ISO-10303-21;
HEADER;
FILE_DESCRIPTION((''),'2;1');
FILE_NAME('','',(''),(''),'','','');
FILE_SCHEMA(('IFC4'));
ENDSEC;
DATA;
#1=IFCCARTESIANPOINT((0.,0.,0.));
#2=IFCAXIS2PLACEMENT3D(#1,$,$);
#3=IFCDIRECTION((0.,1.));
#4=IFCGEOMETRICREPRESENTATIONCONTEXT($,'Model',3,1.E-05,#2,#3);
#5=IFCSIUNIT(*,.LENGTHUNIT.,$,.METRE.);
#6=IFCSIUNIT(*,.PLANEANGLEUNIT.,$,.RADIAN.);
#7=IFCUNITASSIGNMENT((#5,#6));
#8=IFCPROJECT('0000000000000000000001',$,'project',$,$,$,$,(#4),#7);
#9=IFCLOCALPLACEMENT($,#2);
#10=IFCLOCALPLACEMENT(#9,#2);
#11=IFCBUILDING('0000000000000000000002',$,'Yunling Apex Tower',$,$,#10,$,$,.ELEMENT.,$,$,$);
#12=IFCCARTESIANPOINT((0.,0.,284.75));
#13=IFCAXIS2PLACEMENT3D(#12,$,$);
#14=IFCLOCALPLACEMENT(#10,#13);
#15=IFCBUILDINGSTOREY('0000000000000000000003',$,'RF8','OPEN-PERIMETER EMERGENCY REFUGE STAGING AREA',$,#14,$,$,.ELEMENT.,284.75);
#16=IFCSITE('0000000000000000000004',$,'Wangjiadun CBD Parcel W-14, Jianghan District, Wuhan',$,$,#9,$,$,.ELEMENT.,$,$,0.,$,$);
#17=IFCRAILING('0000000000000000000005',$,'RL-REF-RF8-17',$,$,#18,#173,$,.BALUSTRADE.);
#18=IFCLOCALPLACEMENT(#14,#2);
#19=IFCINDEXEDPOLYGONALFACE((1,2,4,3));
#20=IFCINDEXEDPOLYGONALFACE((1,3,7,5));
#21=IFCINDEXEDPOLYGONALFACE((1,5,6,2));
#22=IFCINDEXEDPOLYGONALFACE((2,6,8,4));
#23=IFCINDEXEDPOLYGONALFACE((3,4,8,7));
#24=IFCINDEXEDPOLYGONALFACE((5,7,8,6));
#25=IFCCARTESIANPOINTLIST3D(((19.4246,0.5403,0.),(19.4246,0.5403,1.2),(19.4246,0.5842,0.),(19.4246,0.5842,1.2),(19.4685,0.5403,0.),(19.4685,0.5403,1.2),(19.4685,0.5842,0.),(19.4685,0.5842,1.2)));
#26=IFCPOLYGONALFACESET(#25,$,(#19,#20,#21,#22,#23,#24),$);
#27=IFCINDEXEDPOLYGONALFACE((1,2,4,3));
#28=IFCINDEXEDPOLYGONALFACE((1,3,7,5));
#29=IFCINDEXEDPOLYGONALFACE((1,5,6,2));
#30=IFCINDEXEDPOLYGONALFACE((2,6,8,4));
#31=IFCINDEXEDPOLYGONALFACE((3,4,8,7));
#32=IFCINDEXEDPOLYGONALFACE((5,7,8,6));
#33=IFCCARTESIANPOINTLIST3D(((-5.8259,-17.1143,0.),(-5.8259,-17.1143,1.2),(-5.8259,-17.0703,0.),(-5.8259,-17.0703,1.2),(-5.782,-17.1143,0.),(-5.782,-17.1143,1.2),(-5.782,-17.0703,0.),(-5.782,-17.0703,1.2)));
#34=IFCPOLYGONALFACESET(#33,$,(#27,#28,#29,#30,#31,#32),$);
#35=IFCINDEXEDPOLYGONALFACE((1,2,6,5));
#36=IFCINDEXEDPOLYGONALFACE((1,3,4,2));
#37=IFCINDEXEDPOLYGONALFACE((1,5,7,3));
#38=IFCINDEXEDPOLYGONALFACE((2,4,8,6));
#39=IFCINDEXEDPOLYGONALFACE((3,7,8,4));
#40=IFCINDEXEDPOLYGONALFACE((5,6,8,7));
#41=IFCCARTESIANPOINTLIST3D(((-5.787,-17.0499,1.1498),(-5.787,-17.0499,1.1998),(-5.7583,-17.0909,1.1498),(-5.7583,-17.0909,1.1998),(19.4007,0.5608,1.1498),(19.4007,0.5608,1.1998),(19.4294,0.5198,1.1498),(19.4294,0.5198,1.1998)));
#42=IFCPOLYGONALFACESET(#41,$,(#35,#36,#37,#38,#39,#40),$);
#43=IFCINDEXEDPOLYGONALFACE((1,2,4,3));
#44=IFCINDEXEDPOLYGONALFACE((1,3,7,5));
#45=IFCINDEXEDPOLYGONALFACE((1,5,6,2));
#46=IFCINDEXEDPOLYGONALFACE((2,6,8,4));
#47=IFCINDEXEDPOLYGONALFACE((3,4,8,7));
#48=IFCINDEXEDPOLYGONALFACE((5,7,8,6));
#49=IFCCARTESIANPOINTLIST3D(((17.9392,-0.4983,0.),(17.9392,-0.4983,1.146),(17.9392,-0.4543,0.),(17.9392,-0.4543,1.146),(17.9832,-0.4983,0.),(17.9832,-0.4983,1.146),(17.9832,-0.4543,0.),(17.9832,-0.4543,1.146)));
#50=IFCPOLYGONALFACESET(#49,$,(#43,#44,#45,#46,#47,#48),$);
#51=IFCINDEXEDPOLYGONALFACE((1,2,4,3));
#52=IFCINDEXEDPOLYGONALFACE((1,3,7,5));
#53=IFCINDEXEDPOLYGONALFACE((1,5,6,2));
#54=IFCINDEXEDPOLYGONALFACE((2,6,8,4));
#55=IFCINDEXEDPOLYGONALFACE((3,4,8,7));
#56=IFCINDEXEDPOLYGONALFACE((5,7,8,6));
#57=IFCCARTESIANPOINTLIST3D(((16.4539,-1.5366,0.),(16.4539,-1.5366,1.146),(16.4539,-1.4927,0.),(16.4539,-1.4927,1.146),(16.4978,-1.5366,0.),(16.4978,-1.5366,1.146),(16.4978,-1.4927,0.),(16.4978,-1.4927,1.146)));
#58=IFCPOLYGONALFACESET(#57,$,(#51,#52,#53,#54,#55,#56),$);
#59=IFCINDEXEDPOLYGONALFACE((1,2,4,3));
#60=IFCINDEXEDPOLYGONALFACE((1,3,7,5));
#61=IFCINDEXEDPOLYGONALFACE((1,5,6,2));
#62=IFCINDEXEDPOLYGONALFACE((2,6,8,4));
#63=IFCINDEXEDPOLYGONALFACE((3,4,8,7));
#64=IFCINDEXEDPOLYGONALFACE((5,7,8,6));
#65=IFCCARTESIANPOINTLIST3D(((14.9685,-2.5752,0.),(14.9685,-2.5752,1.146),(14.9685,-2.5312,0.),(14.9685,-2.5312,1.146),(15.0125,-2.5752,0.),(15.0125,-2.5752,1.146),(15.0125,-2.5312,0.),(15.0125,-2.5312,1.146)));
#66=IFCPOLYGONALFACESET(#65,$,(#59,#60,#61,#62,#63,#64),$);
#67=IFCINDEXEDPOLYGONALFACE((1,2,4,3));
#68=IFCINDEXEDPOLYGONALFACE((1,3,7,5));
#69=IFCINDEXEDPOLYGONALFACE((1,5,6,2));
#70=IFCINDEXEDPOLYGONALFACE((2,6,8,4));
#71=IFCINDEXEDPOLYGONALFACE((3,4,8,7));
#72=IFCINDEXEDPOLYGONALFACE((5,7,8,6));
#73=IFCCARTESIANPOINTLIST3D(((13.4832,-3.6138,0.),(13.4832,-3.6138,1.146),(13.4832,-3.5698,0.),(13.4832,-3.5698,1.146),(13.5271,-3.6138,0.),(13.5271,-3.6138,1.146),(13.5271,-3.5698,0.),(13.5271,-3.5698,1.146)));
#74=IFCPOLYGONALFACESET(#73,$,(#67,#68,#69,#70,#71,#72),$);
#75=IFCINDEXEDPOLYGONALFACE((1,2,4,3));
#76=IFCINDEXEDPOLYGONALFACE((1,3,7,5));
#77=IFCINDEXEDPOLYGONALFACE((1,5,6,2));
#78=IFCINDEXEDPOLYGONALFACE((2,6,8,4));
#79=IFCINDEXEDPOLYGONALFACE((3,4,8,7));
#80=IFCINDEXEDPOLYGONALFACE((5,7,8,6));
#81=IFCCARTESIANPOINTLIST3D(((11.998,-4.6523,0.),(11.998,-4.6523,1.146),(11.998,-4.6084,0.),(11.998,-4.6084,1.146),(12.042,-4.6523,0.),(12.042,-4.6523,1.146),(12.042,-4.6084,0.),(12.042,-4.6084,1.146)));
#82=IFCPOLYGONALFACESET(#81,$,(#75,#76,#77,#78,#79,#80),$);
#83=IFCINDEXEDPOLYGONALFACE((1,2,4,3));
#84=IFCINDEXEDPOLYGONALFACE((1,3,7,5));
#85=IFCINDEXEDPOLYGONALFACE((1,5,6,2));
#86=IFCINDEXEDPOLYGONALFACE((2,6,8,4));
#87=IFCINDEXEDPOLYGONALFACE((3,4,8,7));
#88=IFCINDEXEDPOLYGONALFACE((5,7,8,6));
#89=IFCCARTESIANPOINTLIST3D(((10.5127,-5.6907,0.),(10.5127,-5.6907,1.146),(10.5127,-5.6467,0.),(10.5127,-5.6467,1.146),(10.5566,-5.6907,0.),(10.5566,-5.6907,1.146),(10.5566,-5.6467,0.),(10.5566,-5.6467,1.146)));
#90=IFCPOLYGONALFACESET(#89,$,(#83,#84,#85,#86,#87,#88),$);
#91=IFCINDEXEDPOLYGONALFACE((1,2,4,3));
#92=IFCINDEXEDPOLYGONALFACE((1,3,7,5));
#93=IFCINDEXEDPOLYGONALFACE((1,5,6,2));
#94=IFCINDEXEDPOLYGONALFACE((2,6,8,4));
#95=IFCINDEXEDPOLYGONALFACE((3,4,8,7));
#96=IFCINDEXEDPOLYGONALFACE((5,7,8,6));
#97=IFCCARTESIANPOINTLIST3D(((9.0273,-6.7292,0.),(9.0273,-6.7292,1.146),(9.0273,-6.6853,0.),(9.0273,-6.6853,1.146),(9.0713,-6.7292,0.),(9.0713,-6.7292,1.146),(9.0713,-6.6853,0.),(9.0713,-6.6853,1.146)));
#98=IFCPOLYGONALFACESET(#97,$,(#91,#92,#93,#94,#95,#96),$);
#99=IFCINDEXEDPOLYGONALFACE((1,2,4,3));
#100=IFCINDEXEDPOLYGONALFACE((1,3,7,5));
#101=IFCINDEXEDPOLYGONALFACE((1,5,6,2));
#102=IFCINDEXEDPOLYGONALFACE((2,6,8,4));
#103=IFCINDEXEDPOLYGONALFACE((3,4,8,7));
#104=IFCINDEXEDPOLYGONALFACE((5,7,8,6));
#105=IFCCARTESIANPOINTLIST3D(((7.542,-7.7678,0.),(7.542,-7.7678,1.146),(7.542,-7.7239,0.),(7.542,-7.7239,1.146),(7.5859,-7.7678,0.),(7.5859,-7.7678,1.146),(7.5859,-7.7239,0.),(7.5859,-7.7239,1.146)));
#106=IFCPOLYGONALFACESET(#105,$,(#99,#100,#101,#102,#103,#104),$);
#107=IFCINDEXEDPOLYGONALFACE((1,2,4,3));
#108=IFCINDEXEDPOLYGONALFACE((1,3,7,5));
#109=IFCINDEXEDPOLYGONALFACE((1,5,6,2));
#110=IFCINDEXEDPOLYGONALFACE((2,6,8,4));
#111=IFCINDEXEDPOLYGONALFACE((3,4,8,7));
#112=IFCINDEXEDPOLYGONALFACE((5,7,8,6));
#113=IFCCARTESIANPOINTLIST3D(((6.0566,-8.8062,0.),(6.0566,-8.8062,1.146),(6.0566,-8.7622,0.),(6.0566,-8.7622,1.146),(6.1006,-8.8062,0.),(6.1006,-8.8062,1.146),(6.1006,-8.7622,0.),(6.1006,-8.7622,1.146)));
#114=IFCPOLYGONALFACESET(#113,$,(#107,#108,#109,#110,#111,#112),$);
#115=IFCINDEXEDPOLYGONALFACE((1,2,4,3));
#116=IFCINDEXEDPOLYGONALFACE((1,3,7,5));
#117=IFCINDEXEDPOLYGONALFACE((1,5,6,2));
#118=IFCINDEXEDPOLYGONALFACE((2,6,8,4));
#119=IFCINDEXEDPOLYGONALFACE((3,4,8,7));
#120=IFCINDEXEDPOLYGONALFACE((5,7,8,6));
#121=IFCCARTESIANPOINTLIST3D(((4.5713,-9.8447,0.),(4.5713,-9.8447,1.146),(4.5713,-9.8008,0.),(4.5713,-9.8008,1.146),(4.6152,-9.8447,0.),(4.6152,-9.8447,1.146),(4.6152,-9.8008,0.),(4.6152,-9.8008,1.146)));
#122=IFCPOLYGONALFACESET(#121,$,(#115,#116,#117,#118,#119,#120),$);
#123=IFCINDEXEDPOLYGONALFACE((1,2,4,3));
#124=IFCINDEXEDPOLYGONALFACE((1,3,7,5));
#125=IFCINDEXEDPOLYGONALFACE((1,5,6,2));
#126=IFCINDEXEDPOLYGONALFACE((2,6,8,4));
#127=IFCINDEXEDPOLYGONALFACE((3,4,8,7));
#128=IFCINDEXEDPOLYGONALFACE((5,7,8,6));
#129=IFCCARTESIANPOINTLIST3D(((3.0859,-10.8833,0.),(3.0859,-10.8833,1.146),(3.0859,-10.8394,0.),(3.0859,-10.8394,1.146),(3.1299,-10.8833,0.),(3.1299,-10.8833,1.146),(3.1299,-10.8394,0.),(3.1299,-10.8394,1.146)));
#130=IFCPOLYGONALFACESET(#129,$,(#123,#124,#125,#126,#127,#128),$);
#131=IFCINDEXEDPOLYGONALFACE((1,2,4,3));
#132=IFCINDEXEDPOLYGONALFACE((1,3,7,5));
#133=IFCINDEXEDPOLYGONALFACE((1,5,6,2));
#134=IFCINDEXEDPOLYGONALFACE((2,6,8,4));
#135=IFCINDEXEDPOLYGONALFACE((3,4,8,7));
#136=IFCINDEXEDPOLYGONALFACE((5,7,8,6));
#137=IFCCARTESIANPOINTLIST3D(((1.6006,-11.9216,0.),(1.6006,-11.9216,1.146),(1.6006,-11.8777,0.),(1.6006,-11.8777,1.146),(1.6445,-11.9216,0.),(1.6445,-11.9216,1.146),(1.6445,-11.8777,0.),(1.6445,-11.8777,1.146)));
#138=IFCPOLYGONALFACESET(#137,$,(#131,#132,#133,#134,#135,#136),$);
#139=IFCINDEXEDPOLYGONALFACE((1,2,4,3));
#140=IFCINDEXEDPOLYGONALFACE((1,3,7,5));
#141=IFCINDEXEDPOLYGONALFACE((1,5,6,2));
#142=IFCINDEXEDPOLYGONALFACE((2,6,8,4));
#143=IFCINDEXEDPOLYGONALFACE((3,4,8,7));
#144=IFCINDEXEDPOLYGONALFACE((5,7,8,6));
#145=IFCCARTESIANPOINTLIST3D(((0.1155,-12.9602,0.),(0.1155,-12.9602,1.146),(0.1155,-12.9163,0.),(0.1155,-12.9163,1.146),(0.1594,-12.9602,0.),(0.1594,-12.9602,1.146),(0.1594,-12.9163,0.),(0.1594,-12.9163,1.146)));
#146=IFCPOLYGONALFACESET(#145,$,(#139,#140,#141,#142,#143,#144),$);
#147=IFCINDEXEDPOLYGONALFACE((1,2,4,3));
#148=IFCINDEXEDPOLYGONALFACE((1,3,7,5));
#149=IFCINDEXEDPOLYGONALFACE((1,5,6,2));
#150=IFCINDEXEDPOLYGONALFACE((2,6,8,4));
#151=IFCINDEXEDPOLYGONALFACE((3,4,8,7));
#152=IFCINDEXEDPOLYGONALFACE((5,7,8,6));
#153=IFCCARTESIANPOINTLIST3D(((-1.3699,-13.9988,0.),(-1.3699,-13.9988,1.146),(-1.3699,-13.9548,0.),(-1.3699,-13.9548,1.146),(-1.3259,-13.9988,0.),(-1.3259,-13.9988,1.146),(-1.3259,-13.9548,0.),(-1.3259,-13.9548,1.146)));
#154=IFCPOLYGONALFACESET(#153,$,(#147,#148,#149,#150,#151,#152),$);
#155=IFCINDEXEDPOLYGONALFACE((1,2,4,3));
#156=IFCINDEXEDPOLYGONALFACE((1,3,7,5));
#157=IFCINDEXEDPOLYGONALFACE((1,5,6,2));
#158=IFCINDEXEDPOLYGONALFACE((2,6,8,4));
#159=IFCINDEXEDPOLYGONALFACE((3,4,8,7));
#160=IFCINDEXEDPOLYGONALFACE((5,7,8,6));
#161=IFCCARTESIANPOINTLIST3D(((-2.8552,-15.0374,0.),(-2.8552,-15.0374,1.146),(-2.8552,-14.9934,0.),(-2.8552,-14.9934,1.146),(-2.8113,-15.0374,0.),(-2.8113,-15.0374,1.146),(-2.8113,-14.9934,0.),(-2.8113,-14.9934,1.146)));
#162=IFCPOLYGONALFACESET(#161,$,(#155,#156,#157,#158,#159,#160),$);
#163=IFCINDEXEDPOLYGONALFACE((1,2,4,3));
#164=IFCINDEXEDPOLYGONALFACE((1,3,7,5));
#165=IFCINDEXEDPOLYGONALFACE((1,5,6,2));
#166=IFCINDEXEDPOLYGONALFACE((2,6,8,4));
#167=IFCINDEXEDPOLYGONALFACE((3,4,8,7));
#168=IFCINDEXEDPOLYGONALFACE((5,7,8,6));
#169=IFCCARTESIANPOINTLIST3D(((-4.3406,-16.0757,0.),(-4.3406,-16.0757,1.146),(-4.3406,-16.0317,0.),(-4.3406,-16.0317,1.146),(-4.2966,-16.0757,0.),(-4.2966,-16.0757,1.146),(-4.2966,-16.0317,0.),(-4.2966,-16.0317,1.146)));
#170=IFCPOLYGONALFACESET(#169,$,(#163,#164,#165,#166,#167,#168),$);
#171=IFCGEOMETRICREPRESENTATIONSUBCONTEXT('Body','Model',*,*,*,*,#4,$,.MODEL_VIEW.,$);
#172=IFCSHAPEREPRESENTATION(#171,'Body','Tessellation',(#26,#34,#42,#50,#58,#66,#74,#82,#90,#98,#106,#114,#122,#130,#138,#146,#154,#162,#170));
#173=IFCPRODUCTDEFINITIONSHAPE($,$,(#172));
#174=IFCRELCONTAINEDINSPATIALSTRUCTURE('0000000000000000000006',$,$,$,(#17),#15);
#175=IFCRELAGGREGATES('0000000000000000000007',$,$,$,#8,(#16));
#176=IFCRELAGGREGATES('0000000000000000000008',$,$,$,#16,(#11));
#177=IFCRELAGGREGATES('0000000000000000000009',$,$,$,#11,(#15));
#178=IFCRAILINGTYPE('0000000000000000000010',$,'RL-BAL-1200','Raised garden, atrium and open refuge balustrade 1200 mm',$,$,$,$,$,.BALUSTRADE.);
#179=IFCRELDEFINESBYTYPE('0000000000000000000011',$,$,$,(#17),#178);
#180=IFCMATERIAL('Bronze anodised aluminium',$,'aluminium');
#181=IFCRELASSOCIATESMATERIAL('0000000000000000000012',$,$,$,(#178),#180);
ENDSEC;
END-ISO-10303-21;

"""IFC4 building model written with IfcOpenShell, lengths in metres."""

from ifc_helpers import new_model, si_unit, direction, frame, origin, origin_2d, place, context, subcontext, project, spatial, rectangle, extrude, material, type_object, element, save


model = new_model("IFC4")

# Units and contexts
model_context = context("Model", 3, precision=1e-05, world=origin(), true_north=direction((0.0, 1.0)))
body_context = subcontext(model_context, "Body", "Model", "MODEL_VIEW")
ifc_project = project(units=[si_unit("LENGTHUNIT", "METRE"), si_unit("PLANEANGLEUNIT", "RADIAN")], contexts=[model_context])

# Site, building, storey
site_placement = place(None, origin())
site = spatial("IfcSite", under=ifc_project, at=site_placement, Name="Wangjiadun CBD Parcel W-14, Jianghan District, Wuhan", CompositionType="ELEMENT", RefElevation=0.0)
building_placement = place(site_placement, origin())
building = spatial("IfcBuilding", under=site, at=building_placement, Name="Yunling Apex Tower", CompositionType="ELEMENT")
storey_placement = place(building_placement, frame((0.0, 0.0, 284.75)))
storey = spatial("IfcBuildingStorey", under=building, at=storey_placement, Name="RF8", Description="OPEN-PERIMETER EMERGENCY REFUGE STAGING AREA", CompositionType="ELEMENT", Elevation=284.75)

# Railing
ifc_material_1 = material(Name="Bronze anodised aluminium", Category="aluminium")
railing_type = type_object("IfcRailingType", Name="RL-BAL-1200", Description="Raised garden, atrium and open refuge balustrade 1200 mm", PredefinedType="BALUSTRADE", material=ifc_material_1)
railing_1_placement = place(storey_placement, frame((19.4465, 0.5623, 0.0)))
element("IfcRailing", 1, at=railing_1_placement, inside=storey, type_object=railing_type, Name="RL-REF-RF8-17", PredefinedType="BALUSTRADE", context=body_context, shape_type="SweptSolid", body=[
    extrude(rectangle(XDim=0.0439, YDim=0.0439, at=origin_2d()), origin(), (0.0, 0.0, 1.0), 1.2),
    extrude(rectangle(XDim=0.0439, YDim=0.0439, at=origin_2d()), frame((-25.2505, -17.6545, 0.0)), (0.0, 0.0, 1.0), 1.2),
    extrude(rectangle(XDim=0.05, YDim=0.05, at=origin_2d()), frame((-0.0315, -0.022, 1.1748), z_axis=(-0.819549, -0.573009, 0.0), x_axis=(0.573009, -0.819549, 0.0)), (0.0, 0.0, 1.0), 30.7336),
    extrude(rectangle(XDim=0.0439, YDim=0.0439, at=origin_2d()), frame((-1.4854, -1.0386, 0.0)), (0.0, 0.0, 1.0), 1.146),
    extrude(rectangle(XDim=0.0439, YDim=0.0439, at=origin_2d()), frame((-2.9707, -2.0769, 0.0)), (0.0, 0.0, 1.0), 1.146),
    extrude(rectangle(XDim=0.0439, YDim=0.0439, at=origin_2d()), frame((-4.4561, -3.1155, 0.0)), (0.0, 0.0, 1.0), 1.146),
    extrude(rectangle(XDim=0.0439, YDim=0.0439, at=origin_2d()), frame((-5.9414, -4.1541, 0.0)), (0.0, 0.0, 1.0), 1.146),
    extrude(rectangle(XDim=0.0439, YDim=0.0439, at=origin_2d()), frame((-7.4265, -5.1926, 0.0)), (0.0, 0.0, 1.0), 1.146),
    extrude(rectangle(XDim=0.0439, YDim=0.0439, at=origin_2d()), frame((-8.9119, -6.231, 0.0)), (0.0, 0.0, 1.0), 1.146),
    extrude(rectangle(XDim=0.0439, YDim=0.0439, at=origin_2d()), frame((-10.3972, -7.2695, 0.0)), (0.0, 0.0, 1.0), 1.146),
    extrude(rectangle(XDim=0.0439, YDim=0.0439, at=origin_2d()), frame((-11.8826, -8.3081, 0.0)), (0.0, 0.0, 1.0), 1.146),
    extrude(rectangle(XDim=0.0439, YDim=0.0439, at=origin_2d()), frame((-13.3679, -9.3464, 0.0)), (0.0, 0.0, 1.0), 1.146),
    extrude(rectangle(XDim=0.0439, YDim=0.0439, at=origin_2d()), frame((-14.8533, -10.385, 0.0)), (0.0, 0.0, 1.0), 1.146),
    extrude(rectangle(XDim=0.0439, YDim=0.0439, at=origin_2d()), frame((-16.3386, -11.4236, 0.0)), (0.0, 0.0, 1.0), 1.146),
    extrude(rectangle(XDim=0.0439, YDim=0.0439, at=origin_2d()), frame((-17.824, -12.4619, 0.0)), (0.0, 0.0, 1.0), 1.146),
    extrude(rectangle(XDim=0.0439, YDim=0.0439, at=origin_2d()), frame((-19.3091, -13.5005, 0.0)), (0.0, 0.0, 1.0), 1.146),
    extrude(rectangle(XDim=0.0439, YDim=0.0439, at=origin_2d()), frame((-20.7944, -14.5391, 0.0)), (0.0, 0.0, 1.0), 1.146),
    extrude(rectangle(XDim=0.0439, YDim=0.0439, at=origin_2d()), frame((-22.2798, -15.5776, 0.0)), (0.0, 0.0, 1.0), 1.146),
    extrude(rectangle(XDim=0.0439, YDim=0.0439, at=origin_2d()), frame((-23.7651, -16.616, 0.0)), (0.0, 0.0, 1.0), 1.146),
])

save(model, "model.ifc")
